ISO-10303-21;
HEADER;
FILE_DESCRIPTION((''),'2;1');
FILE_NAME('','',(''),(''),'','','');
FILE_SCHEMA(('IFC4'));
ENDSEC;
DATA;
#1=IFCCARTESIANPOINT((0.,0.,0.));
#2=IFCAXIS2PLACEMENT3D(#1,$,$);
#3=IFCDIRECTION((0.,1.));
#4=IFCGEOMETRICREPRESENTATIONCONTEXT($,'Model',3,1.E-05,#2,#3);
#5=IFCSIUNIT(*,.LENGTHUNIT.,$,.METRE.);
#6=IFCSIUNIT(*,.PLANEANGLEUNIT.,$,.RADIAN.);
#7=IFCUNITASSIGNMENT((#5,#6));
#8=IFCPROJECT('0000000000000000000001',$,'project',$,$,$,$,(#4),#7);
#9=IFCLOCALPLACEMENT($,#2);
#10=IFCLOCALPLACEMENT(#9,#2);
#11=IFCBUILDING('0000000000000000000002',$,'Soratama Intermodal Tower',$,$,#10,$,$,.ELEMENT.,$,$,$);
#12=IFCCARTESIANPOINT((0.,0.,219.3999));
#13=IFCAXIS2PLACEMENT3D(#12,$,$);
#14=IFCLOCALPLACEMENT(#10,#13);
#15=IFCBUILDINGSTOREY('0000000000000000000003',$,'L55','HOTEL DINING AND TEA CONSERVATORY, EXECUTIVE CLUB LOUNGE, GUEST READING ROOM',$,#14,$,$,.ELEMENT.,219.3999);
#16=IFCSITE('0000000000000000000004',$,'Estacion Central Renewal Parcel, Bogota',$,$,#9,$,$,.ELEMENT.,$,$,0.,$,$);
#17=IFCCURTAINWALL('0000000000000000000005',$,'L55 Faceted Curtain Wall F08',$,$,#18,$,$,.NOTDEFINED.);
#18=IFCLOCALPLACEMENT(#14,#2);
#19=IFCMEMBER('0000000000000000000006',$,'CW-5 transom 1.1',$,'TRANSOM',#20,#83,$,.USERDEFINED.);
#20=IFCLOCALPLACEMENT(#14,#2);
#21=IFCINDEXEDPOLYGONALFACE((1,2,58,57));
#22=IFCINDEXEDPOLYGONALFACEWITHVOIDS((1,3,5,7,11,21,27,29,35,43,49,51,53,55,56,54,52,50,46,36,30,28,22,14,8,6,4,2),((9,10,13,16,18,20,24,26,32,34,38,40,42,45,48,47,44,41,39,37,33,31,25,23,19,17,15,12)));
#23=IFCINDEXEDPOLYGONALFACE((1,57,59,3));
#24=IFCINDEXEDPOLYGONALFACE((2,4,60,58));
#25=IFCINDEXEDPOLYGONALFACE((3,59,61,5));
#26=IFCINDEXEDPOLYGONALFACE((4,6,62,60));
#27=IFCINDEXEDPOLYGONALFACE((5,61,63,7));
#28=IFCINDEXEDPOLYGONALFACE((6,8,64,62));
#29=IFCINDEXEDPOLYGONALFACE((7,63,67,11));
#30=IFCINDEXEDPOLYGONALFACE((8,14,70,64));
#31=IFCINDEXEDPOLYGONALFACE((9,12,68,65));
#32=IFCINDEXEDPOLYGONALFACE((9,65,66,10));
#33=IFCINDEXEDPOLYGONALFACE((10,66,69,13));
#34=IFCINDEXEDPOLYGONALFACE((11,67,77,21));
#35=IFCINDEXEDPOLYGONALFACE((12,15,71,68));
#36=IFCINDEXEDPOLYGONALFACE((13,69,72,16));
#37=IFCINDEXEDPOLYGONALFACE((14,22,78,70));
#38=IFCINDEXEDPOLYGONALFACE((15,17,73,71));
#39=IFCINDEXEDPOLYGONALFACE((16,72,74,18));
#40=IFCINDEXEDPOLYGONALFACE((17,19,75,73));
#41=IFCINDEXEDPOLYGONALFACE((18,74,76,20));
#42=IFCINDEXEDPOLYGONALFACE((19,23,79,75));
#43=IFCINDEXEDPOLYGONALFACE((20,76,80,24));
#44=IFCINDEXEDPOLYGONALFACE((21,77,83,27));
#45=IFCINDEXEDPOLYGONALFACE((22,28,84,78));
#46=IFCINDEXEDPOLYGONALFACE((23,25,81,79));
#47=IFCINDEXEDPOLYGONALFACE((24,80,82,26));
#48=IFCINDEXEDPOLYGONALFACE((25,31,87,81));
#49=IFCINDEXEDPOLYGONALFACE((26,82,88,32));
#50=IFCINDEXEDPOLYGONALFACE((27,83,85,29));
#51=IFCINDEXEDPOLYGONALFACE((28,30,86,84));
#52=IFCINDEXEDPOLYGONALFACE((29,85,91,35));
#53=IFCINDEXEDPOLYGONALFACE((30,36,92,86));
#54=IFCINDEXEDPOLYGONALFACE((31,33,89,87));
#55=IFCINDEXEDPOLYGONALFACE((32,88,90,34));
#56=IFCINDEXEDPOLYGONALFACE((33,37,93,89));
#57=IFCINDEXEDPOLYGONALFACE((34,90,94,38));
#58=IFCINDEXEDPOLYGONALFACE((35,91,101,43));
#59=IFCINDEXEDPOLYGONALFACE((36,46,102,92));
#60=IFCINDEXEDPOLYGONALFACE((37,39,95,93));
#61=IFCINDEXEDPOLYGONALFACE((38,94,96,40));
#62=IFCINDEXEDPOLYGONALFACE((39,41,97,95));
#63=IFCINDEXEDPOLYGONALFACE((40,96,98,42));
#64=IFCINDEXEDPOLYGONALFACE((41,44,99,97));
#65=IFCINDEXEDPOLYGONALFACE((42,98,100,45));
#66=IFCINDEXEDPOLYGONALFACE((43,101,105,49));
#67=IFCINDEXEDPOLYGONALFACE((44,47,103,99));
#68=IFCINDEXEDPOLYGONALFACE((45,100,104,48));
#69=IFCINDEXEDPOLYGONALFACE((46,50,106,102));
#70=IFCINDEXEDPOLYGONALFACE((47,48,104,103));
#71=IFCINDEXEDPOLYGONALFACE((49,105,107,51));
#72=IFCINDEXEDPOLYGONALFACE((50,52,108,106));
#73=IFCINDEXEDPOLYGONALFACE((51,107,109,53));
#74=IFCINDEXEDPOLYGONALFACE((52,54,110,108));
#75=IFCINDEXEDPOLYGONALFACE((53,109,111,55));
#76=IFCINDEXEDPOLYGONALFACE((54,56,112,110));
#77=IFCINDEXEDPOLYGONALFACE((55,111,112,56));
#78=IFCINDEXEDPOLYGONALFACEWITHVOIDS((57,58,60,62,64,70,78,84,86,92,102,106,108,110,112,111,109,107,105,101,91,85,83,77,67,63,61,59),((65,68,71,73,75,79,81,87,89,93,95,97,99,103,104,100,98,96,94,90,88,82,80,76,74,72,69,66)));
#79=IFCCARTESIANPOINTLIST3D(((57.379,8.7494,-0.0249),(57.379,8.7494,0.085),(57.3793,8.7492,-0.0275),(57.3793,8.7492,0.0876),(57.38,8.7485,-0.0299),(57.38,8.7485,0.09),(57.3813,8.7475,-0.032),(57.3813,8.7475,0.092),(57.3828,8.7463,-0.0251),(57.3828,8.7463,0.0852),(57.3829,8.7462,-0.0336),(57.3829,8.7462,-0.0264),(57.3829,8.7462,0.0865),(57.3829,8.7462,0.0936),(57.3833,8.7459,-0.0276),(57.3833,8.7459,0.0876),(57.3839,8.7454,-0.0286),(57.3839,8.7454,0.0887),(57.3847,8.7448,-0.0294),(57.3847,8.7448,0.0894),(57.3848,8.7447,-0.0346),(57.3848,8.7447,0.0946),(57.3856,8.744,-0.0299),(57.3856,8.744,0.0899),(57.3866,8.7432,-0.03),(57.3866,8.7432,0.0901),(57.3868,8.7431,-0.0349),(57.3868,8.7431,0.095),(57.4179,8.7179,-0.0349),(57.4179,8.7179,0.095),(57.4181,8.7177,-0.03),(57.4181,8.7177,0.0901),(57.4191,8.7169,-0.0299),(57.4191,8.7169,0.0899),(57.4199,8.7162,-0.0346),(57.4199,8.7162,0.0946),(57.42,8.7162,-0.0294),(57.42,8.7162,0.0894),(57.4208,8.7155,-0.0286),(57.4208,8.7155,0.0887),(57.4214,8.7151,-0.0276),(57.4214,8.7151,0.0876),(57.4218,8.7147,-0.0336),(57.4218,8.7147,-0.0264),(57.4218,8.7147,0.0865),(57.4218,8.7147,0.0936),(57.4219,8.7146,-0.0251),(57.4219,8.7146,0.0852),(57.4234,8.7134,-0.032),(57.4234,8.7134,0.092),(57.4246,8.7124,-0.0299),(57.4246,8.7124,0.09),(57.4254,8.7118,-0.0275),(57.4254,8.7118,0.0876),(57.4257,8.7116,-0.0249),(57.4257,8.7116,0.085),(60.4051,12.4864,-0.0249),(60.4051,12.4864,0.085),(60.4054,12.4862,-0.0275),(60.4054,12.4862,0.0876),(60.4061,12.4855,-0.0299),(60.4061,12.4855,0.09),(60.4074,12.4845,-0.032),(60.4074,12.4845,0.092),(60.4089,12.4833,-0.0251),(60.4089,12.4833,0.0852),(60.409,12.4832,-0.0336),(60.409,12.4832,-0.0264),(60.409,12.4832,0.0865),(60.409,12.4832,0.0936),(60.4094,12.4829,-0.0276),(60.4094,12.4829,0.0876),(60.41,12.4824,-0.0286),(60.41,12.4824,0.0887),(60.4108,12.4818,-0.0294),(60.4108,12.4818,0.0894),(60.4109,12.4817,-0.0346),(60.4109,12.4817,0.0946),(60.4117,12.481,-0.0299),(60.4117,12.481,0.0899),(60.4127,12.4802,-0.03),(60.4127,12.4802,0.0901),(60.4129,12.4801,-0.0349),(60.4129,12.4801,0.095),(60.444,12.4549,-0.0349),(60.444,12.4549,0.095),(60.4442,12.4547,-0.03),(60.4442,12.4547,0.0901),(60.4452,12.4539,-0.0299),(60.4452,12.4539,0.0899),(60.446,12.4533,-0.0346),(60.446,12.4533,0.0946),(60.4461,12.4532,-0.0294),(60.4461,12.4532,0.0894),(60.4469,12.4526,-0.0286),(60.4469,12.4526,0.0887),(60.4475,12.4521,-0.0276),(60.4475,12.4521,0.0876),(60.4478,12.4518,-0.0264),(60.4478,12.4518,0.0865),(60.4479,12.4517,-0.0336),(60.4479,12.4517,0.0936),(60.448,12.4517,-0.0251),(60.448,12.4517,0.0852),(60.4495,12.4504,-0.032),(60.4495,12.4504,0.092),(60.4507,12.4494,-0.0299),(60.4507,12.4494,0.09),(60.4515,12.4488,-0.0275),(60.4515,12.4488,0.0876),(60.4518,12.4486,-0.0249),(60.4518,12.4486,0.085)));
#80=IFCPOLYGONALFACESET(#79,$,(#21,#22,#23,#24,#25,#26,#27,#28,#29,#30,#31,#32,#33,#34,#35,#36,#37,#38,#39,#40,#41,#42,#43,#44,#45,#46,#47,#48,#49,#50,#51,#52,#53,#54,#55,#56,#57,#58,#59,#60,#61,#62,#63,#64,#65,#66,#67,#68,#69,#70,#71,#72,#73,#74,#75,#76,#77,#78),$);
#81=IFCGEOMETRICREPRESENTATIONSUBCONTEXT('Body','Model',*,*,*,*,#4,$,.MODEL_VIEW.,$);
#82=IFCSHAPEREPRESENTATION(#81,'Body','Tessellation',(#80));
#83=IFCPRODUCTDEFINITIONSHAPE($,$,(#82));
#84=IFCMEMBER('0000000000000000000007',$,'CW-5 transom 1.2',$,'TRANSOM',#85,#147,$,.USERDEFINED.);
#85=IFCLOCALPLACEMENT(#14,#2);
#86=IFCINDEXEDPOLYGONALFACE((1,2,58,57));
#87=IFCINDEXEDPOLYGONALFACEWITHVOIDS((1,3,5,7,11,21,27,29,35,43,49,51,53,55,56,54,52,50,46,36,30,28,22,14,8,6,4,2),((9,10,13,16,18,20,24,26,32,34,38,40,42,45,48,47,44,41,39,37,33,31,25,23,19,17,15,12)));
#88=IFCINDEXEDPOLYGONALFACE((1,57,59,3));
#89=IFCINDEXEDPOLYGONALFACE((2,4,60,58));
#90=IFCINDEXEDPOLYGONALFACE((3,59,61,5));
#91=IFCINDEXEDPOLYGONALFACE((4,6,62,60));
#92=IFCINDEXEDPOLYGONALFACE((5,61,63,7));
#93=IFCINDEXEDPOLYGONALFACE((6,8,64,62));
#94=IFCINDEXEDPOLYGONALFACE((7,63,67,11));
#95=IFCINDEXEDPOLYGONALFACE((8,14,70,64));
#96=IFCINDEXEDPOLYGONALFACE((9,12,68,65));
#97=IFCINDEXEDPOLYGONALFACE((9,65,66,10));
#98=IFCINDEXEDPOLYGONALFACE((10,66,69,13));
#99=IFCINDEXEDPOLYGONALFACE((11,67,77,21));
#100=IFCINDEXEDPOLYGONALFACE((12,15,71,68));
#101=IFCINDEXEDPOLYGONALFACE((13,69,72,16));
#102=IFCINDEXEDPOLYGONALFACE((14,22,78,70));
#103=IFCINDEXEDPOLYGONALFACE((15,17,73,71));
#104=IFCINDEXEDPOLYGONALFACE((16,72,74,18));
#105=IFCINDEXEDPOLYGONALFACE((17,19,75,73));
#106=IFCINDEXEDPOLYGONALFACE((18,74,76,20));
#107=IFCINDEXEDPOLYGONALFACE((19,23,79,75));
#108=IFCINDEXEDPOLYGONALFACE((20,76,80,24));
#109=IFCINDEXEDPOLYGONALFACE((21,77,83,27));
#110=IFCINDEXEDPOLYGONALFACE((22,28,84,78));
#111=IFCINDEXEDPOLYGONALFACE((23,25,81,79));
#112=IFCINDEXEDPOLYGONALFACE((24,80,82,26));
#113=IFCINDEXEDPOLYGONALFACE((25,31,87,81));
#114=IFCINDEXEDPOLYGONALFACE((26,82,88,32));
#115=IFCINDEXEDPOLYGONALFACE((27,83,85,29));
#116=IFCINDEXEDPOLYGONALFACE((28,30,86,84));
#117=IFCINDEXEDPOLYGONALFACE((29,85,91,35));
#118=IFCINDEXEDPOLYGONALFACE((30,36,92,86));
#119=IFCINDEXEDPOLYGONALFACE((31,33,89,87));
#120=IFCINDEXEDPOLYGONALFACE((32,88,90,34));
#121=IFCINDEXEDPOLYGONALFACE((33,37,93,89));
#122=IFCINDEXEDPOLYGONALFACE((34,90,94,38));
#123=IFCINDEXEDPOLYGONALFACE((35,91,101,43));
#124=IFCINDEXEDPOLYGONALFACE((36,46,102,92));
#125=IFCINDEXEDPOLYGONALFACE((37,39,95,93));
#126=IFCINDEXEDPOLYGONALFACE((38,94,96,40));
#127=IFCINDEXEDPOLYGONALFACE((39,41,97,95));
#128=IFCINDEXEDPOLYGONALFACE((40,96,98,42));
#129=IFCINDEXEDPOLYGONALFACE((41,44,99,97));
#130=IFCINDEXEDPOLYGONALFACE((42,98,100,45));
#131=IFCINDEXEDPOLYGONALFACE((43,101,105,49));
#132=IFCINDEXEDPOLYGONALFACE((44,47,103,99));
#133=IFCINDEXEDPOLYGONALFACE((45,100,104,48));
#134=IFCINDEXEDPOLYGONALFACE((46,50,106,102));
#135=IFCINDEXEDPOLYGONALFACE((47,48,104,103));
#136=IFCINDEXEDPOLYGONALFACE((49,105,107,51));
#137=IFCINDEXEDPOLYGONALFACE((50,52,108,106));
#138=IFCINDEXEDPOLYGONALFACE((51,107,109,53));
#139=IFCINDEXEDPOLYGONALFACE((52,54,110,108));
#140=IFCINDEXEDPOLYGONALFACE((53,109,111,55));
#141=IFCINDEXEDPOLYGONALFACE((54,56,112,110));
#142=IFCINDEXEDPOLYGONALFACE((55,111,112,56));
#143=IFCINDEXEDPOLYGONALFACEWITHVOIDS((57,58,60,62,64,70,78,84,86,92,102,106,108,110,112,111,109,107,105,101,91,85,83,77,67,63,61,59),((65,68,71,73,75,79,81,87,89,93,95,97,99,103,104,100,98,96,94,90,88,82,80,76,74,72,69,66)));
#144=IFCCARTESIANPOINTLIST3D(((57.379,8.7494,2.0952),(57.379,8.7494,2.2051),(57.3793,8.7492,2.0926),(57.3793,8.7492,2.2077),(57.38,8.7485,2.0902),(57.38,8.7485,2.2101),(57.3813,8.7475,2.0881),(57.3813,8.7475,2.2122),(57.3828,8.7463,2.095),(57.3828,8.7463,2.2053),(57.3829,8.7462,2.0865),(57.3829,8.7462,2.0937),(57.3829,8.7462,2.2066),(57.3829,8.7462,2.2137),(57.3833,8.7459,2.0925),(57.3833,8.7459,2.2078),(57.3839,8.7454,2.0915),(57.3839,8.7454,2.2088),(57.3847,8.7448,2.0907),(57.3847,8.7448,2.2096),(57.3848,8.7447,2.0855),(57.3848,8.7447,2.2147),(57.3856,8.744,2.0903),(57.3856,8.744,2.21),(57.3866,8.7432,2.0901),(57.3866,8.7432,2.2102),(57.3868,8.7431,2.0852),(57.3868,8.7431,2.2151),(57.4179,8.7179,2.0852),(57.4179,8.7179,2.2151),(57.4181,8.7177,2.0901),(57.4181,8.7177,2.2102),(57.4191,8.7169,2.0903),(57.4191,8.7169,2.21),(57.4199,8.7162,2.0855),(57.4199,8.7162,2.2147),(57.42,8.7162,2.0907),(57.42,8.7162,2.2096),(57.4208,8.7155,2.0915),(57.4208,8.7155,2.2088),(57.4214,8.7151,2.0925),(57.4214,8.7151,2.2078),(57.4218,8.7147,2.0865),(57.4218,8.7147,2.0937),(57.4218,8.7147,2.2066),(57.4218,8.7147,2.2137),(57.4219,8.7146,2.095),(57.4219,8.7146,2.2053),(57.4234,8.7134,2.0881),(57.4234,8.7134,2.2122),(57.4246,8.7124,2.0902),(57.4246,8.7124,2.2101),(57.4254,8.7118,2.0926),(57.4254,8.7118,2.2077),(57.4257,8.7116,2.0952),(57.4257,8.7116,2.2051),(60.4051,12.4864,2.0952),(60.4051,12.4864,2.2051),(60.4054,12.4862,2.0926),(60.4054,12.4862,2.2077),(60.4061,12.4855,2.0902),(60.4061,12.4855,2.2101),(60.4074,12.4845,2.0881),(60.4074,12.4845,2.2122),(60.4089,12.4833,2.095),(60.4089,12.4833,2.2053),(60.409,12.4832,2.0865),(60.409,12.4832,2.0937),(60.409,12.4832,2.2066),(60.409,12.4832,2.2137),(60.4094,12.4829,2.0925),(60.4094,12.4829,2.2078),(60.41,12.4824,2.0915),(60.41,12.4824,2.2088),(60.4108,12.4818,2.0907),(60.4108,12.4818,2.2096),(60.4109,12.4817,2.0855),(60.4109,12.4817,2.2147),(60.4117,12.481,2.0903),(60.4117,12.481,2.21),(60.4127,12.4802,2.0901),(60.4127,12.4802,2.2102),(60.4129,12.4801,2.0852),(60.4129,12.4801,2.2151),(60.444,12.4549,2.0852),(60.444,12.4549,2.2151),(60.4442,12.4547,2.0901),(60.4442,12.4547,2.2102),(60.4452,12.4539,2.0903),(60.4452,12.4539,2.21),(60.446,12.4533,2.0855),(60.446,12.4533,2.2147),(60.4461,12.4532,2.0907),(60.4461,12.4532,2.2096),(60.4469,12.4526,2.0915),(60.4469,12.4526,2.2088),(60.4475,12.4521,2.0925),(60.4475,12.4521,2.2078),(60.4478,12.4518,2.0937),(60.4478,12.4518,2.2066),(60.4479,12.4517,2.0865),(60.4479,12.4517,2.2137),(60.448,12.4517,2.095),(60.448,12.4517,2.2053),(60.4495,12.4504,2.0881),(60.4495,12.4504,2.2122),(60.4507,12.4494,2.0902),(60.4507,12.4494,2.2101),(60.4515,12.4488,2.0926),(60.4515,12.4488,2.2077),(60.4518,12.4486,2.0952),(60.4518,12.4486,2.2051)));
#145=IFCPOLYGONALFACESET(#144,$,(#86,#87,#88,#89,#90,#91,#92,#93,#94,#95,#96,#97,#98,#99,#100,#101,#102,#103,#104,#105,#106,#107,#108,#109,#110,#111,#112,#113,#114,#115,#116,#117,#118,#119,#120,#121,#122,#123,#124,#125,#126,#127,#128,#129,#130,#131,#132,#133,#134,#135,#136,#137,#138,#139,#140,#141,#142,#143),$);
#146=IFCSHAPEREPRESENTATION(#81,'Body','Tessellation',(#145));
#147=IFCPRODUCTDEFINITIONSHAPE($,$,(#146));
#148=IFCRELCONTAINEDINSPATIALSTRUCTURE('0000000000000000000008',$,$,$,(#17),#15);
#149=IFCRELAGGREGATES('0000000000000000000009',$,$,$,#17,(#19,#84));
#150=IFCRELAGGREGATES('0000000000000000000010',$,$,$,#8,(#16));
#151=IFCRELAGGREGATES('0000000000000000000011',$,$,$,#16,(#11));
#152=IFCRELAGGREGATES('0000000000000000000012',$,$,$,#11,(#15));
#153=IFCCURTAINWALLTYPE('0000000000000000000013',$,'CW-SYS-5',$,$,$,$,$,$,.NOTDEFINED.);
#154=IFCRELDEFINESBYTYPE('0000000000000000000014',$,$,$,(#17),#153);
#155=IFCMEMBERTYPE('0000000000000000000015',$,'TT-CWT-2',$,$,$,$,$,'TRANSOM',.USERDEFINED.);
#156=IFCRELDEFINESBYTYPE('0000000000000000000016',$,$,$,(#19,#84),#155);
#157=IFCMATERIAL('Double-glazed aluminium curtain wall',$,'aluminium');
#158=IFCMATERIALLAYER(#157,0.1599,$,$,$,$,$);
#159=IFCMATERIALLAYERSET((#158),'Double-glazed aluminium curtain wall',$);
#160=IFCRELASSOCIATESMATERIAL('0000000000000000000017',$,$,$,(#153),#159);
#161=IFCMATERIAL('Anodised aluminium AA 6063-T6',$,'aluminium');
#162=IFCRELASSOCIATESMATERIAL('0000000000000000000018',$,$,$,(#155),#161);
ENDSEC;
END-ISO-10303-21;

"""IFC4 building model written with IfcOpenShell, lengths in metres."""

from ifc_helpers import new_model, si_unit, direction, frame, origin, origin_2d, place, context, subcontext, project, spatial, hollow_rectangle, extrude, material, layer, layer_set, material_profile, profile_set, type_object, element, aggregate, save


model = new_model("IFC4")

# Units and contexts
model_context = context("Model", 3, precision=1e-05, world=origin(), true_north=direction((0.0, 1.0)))
body_context = subcontext(model_context, "Body", "Model", "MODEL_VIEW")
ifc_project = project(units=[si_unit("LENGTHUNIT", "METRE"), si_unit("PLANEANGLEUNIT", "RADIAN")], contexts=[model_context])

# Site, building, storey
site_placement = place(None, origin())
site = spatial("IfcSite", under=ifc_project, at=site_placement, Name="Estacion Central Renewal Parcel, Bogota", CompositionType="ELEMENT", RefElevation=0.0)
building_placement = place(site_placement, origin())
building = spatial("IfcBuilding", under=site, at=building_placement, Name="Soratama Intermodal Tower", CompositionType="ELEMENT")
storey_placement = place(building_placement, frame((0.0, 0.0, 219.3999)))
storey = spatial("IfcBuildingStorey", under=building, at=storey_placement, Name="L55", Description="HOTEL DINING AND TEA CONSERVATORY, EXECUTIVE CLUB LOUNGE, GUEST READING ROOM", CompositionType="ELEMENT", Elevation=219.3999)

# Curtain wall, members
ifc_material_1 = material(Name="Double-glazed aluminium curtain wall", Category="aluminium")
ifc_layer_1 = layer(ifc_material_1, 0.1599)
ifc_layer_set_1 = layer_set([ifc_layer_1], Name="Double-glazed aluminium curtain wall")
curtain_wall_type = type_object("IfcCurtainWallType", Name="CW-SYS-5", PredefinedType="NOTDEFINED", material=ifc_layer_set_1)
curtain_wall_placement = place(storey_placement, origin())
curtain_wall = element("IfcCurtainWall", 1, at=curtain_wall_placement, inside=storey, type_object=curtain_wall_type, Name="L55 Faceted Curtain Wall F08", PredefinedType="NOTDEFINED")
ifc_material_2 = material(Name="Anodised aluminium AA 6063-T6", Category="aluminium")
ifc_material_profile_1 = material_profile(ifc_material_2, hollow_rectangle(XDim=0.0601, YDim=0.1299, WallThickness=0.0049, InnerFilletRadius=0.0049, OuterFilletRadius=0.01, at=origin_2d()), Name="CWT130X60X5")
ifc_profile_set_1 = profile_set([ifc_material_profile_1], Name="Anodised aluminium AA 6063-T6")
member_type_1 = type_object("IfcMemberType", Name="TT-CWT-2", ElementType="TRANSOM", PredefinedType="USERDEFINED", material=ifc_profile_set_1)
member_1_placement = place(storey_placement, frame((57.4023, 8.7305, 0.03), z_axis=(0.629309, 0.777155, 0.0), x_axis=(-0.777155, 0.629309, 0.0)))
member_1 = element("IfcMember", 2, at=member_1_placement, type_object=member_type_1, Name="CW-5 transom 1.1", ObjectType="TRANSOM", PredefinedType="USERDEFINED", context=body_context, shape_type="SweptSolid", body=[
    extrude(hollow_rectangle(XDim=0.0601, YDim=0.1299, WallThickness=0.0049, InnerFilletRadius=0.0049, OuterFilletRadius=0.01, at=origin_2d()), origin(), (0.0, 0.0, 1.0), 4.8086),
])
member_2_placement = place(storey_placement, frame((57.4023, 8.7305, 2.1501), z_axis=(0.629309, 0.777155, 0.0), x_axis=(-0.777155, 0.629309, 0.0)))
member_2 = element("IfcMember", 3, at=member_2_placement, type_object=member_type_1, Name="CW-5 transom 1.2", ObjectType="TRANSOM", PredefinedType="USERDEFINED", context=body_context, shape_type="SweptSolid", body=[
    extrude(hollow_rectangle(XDim=0.0601, YDim=0.1299, WallThickness=0.0049, InnerFilletRadius=0.0049, OuterFilletRadius=0.01, at=origin_2d()), origin(), (0.0, 0.0, 1.0), 4.8086),
])
aggregate(curtain_wall, [member_1, member_2])

save(model, "model.ifc")
